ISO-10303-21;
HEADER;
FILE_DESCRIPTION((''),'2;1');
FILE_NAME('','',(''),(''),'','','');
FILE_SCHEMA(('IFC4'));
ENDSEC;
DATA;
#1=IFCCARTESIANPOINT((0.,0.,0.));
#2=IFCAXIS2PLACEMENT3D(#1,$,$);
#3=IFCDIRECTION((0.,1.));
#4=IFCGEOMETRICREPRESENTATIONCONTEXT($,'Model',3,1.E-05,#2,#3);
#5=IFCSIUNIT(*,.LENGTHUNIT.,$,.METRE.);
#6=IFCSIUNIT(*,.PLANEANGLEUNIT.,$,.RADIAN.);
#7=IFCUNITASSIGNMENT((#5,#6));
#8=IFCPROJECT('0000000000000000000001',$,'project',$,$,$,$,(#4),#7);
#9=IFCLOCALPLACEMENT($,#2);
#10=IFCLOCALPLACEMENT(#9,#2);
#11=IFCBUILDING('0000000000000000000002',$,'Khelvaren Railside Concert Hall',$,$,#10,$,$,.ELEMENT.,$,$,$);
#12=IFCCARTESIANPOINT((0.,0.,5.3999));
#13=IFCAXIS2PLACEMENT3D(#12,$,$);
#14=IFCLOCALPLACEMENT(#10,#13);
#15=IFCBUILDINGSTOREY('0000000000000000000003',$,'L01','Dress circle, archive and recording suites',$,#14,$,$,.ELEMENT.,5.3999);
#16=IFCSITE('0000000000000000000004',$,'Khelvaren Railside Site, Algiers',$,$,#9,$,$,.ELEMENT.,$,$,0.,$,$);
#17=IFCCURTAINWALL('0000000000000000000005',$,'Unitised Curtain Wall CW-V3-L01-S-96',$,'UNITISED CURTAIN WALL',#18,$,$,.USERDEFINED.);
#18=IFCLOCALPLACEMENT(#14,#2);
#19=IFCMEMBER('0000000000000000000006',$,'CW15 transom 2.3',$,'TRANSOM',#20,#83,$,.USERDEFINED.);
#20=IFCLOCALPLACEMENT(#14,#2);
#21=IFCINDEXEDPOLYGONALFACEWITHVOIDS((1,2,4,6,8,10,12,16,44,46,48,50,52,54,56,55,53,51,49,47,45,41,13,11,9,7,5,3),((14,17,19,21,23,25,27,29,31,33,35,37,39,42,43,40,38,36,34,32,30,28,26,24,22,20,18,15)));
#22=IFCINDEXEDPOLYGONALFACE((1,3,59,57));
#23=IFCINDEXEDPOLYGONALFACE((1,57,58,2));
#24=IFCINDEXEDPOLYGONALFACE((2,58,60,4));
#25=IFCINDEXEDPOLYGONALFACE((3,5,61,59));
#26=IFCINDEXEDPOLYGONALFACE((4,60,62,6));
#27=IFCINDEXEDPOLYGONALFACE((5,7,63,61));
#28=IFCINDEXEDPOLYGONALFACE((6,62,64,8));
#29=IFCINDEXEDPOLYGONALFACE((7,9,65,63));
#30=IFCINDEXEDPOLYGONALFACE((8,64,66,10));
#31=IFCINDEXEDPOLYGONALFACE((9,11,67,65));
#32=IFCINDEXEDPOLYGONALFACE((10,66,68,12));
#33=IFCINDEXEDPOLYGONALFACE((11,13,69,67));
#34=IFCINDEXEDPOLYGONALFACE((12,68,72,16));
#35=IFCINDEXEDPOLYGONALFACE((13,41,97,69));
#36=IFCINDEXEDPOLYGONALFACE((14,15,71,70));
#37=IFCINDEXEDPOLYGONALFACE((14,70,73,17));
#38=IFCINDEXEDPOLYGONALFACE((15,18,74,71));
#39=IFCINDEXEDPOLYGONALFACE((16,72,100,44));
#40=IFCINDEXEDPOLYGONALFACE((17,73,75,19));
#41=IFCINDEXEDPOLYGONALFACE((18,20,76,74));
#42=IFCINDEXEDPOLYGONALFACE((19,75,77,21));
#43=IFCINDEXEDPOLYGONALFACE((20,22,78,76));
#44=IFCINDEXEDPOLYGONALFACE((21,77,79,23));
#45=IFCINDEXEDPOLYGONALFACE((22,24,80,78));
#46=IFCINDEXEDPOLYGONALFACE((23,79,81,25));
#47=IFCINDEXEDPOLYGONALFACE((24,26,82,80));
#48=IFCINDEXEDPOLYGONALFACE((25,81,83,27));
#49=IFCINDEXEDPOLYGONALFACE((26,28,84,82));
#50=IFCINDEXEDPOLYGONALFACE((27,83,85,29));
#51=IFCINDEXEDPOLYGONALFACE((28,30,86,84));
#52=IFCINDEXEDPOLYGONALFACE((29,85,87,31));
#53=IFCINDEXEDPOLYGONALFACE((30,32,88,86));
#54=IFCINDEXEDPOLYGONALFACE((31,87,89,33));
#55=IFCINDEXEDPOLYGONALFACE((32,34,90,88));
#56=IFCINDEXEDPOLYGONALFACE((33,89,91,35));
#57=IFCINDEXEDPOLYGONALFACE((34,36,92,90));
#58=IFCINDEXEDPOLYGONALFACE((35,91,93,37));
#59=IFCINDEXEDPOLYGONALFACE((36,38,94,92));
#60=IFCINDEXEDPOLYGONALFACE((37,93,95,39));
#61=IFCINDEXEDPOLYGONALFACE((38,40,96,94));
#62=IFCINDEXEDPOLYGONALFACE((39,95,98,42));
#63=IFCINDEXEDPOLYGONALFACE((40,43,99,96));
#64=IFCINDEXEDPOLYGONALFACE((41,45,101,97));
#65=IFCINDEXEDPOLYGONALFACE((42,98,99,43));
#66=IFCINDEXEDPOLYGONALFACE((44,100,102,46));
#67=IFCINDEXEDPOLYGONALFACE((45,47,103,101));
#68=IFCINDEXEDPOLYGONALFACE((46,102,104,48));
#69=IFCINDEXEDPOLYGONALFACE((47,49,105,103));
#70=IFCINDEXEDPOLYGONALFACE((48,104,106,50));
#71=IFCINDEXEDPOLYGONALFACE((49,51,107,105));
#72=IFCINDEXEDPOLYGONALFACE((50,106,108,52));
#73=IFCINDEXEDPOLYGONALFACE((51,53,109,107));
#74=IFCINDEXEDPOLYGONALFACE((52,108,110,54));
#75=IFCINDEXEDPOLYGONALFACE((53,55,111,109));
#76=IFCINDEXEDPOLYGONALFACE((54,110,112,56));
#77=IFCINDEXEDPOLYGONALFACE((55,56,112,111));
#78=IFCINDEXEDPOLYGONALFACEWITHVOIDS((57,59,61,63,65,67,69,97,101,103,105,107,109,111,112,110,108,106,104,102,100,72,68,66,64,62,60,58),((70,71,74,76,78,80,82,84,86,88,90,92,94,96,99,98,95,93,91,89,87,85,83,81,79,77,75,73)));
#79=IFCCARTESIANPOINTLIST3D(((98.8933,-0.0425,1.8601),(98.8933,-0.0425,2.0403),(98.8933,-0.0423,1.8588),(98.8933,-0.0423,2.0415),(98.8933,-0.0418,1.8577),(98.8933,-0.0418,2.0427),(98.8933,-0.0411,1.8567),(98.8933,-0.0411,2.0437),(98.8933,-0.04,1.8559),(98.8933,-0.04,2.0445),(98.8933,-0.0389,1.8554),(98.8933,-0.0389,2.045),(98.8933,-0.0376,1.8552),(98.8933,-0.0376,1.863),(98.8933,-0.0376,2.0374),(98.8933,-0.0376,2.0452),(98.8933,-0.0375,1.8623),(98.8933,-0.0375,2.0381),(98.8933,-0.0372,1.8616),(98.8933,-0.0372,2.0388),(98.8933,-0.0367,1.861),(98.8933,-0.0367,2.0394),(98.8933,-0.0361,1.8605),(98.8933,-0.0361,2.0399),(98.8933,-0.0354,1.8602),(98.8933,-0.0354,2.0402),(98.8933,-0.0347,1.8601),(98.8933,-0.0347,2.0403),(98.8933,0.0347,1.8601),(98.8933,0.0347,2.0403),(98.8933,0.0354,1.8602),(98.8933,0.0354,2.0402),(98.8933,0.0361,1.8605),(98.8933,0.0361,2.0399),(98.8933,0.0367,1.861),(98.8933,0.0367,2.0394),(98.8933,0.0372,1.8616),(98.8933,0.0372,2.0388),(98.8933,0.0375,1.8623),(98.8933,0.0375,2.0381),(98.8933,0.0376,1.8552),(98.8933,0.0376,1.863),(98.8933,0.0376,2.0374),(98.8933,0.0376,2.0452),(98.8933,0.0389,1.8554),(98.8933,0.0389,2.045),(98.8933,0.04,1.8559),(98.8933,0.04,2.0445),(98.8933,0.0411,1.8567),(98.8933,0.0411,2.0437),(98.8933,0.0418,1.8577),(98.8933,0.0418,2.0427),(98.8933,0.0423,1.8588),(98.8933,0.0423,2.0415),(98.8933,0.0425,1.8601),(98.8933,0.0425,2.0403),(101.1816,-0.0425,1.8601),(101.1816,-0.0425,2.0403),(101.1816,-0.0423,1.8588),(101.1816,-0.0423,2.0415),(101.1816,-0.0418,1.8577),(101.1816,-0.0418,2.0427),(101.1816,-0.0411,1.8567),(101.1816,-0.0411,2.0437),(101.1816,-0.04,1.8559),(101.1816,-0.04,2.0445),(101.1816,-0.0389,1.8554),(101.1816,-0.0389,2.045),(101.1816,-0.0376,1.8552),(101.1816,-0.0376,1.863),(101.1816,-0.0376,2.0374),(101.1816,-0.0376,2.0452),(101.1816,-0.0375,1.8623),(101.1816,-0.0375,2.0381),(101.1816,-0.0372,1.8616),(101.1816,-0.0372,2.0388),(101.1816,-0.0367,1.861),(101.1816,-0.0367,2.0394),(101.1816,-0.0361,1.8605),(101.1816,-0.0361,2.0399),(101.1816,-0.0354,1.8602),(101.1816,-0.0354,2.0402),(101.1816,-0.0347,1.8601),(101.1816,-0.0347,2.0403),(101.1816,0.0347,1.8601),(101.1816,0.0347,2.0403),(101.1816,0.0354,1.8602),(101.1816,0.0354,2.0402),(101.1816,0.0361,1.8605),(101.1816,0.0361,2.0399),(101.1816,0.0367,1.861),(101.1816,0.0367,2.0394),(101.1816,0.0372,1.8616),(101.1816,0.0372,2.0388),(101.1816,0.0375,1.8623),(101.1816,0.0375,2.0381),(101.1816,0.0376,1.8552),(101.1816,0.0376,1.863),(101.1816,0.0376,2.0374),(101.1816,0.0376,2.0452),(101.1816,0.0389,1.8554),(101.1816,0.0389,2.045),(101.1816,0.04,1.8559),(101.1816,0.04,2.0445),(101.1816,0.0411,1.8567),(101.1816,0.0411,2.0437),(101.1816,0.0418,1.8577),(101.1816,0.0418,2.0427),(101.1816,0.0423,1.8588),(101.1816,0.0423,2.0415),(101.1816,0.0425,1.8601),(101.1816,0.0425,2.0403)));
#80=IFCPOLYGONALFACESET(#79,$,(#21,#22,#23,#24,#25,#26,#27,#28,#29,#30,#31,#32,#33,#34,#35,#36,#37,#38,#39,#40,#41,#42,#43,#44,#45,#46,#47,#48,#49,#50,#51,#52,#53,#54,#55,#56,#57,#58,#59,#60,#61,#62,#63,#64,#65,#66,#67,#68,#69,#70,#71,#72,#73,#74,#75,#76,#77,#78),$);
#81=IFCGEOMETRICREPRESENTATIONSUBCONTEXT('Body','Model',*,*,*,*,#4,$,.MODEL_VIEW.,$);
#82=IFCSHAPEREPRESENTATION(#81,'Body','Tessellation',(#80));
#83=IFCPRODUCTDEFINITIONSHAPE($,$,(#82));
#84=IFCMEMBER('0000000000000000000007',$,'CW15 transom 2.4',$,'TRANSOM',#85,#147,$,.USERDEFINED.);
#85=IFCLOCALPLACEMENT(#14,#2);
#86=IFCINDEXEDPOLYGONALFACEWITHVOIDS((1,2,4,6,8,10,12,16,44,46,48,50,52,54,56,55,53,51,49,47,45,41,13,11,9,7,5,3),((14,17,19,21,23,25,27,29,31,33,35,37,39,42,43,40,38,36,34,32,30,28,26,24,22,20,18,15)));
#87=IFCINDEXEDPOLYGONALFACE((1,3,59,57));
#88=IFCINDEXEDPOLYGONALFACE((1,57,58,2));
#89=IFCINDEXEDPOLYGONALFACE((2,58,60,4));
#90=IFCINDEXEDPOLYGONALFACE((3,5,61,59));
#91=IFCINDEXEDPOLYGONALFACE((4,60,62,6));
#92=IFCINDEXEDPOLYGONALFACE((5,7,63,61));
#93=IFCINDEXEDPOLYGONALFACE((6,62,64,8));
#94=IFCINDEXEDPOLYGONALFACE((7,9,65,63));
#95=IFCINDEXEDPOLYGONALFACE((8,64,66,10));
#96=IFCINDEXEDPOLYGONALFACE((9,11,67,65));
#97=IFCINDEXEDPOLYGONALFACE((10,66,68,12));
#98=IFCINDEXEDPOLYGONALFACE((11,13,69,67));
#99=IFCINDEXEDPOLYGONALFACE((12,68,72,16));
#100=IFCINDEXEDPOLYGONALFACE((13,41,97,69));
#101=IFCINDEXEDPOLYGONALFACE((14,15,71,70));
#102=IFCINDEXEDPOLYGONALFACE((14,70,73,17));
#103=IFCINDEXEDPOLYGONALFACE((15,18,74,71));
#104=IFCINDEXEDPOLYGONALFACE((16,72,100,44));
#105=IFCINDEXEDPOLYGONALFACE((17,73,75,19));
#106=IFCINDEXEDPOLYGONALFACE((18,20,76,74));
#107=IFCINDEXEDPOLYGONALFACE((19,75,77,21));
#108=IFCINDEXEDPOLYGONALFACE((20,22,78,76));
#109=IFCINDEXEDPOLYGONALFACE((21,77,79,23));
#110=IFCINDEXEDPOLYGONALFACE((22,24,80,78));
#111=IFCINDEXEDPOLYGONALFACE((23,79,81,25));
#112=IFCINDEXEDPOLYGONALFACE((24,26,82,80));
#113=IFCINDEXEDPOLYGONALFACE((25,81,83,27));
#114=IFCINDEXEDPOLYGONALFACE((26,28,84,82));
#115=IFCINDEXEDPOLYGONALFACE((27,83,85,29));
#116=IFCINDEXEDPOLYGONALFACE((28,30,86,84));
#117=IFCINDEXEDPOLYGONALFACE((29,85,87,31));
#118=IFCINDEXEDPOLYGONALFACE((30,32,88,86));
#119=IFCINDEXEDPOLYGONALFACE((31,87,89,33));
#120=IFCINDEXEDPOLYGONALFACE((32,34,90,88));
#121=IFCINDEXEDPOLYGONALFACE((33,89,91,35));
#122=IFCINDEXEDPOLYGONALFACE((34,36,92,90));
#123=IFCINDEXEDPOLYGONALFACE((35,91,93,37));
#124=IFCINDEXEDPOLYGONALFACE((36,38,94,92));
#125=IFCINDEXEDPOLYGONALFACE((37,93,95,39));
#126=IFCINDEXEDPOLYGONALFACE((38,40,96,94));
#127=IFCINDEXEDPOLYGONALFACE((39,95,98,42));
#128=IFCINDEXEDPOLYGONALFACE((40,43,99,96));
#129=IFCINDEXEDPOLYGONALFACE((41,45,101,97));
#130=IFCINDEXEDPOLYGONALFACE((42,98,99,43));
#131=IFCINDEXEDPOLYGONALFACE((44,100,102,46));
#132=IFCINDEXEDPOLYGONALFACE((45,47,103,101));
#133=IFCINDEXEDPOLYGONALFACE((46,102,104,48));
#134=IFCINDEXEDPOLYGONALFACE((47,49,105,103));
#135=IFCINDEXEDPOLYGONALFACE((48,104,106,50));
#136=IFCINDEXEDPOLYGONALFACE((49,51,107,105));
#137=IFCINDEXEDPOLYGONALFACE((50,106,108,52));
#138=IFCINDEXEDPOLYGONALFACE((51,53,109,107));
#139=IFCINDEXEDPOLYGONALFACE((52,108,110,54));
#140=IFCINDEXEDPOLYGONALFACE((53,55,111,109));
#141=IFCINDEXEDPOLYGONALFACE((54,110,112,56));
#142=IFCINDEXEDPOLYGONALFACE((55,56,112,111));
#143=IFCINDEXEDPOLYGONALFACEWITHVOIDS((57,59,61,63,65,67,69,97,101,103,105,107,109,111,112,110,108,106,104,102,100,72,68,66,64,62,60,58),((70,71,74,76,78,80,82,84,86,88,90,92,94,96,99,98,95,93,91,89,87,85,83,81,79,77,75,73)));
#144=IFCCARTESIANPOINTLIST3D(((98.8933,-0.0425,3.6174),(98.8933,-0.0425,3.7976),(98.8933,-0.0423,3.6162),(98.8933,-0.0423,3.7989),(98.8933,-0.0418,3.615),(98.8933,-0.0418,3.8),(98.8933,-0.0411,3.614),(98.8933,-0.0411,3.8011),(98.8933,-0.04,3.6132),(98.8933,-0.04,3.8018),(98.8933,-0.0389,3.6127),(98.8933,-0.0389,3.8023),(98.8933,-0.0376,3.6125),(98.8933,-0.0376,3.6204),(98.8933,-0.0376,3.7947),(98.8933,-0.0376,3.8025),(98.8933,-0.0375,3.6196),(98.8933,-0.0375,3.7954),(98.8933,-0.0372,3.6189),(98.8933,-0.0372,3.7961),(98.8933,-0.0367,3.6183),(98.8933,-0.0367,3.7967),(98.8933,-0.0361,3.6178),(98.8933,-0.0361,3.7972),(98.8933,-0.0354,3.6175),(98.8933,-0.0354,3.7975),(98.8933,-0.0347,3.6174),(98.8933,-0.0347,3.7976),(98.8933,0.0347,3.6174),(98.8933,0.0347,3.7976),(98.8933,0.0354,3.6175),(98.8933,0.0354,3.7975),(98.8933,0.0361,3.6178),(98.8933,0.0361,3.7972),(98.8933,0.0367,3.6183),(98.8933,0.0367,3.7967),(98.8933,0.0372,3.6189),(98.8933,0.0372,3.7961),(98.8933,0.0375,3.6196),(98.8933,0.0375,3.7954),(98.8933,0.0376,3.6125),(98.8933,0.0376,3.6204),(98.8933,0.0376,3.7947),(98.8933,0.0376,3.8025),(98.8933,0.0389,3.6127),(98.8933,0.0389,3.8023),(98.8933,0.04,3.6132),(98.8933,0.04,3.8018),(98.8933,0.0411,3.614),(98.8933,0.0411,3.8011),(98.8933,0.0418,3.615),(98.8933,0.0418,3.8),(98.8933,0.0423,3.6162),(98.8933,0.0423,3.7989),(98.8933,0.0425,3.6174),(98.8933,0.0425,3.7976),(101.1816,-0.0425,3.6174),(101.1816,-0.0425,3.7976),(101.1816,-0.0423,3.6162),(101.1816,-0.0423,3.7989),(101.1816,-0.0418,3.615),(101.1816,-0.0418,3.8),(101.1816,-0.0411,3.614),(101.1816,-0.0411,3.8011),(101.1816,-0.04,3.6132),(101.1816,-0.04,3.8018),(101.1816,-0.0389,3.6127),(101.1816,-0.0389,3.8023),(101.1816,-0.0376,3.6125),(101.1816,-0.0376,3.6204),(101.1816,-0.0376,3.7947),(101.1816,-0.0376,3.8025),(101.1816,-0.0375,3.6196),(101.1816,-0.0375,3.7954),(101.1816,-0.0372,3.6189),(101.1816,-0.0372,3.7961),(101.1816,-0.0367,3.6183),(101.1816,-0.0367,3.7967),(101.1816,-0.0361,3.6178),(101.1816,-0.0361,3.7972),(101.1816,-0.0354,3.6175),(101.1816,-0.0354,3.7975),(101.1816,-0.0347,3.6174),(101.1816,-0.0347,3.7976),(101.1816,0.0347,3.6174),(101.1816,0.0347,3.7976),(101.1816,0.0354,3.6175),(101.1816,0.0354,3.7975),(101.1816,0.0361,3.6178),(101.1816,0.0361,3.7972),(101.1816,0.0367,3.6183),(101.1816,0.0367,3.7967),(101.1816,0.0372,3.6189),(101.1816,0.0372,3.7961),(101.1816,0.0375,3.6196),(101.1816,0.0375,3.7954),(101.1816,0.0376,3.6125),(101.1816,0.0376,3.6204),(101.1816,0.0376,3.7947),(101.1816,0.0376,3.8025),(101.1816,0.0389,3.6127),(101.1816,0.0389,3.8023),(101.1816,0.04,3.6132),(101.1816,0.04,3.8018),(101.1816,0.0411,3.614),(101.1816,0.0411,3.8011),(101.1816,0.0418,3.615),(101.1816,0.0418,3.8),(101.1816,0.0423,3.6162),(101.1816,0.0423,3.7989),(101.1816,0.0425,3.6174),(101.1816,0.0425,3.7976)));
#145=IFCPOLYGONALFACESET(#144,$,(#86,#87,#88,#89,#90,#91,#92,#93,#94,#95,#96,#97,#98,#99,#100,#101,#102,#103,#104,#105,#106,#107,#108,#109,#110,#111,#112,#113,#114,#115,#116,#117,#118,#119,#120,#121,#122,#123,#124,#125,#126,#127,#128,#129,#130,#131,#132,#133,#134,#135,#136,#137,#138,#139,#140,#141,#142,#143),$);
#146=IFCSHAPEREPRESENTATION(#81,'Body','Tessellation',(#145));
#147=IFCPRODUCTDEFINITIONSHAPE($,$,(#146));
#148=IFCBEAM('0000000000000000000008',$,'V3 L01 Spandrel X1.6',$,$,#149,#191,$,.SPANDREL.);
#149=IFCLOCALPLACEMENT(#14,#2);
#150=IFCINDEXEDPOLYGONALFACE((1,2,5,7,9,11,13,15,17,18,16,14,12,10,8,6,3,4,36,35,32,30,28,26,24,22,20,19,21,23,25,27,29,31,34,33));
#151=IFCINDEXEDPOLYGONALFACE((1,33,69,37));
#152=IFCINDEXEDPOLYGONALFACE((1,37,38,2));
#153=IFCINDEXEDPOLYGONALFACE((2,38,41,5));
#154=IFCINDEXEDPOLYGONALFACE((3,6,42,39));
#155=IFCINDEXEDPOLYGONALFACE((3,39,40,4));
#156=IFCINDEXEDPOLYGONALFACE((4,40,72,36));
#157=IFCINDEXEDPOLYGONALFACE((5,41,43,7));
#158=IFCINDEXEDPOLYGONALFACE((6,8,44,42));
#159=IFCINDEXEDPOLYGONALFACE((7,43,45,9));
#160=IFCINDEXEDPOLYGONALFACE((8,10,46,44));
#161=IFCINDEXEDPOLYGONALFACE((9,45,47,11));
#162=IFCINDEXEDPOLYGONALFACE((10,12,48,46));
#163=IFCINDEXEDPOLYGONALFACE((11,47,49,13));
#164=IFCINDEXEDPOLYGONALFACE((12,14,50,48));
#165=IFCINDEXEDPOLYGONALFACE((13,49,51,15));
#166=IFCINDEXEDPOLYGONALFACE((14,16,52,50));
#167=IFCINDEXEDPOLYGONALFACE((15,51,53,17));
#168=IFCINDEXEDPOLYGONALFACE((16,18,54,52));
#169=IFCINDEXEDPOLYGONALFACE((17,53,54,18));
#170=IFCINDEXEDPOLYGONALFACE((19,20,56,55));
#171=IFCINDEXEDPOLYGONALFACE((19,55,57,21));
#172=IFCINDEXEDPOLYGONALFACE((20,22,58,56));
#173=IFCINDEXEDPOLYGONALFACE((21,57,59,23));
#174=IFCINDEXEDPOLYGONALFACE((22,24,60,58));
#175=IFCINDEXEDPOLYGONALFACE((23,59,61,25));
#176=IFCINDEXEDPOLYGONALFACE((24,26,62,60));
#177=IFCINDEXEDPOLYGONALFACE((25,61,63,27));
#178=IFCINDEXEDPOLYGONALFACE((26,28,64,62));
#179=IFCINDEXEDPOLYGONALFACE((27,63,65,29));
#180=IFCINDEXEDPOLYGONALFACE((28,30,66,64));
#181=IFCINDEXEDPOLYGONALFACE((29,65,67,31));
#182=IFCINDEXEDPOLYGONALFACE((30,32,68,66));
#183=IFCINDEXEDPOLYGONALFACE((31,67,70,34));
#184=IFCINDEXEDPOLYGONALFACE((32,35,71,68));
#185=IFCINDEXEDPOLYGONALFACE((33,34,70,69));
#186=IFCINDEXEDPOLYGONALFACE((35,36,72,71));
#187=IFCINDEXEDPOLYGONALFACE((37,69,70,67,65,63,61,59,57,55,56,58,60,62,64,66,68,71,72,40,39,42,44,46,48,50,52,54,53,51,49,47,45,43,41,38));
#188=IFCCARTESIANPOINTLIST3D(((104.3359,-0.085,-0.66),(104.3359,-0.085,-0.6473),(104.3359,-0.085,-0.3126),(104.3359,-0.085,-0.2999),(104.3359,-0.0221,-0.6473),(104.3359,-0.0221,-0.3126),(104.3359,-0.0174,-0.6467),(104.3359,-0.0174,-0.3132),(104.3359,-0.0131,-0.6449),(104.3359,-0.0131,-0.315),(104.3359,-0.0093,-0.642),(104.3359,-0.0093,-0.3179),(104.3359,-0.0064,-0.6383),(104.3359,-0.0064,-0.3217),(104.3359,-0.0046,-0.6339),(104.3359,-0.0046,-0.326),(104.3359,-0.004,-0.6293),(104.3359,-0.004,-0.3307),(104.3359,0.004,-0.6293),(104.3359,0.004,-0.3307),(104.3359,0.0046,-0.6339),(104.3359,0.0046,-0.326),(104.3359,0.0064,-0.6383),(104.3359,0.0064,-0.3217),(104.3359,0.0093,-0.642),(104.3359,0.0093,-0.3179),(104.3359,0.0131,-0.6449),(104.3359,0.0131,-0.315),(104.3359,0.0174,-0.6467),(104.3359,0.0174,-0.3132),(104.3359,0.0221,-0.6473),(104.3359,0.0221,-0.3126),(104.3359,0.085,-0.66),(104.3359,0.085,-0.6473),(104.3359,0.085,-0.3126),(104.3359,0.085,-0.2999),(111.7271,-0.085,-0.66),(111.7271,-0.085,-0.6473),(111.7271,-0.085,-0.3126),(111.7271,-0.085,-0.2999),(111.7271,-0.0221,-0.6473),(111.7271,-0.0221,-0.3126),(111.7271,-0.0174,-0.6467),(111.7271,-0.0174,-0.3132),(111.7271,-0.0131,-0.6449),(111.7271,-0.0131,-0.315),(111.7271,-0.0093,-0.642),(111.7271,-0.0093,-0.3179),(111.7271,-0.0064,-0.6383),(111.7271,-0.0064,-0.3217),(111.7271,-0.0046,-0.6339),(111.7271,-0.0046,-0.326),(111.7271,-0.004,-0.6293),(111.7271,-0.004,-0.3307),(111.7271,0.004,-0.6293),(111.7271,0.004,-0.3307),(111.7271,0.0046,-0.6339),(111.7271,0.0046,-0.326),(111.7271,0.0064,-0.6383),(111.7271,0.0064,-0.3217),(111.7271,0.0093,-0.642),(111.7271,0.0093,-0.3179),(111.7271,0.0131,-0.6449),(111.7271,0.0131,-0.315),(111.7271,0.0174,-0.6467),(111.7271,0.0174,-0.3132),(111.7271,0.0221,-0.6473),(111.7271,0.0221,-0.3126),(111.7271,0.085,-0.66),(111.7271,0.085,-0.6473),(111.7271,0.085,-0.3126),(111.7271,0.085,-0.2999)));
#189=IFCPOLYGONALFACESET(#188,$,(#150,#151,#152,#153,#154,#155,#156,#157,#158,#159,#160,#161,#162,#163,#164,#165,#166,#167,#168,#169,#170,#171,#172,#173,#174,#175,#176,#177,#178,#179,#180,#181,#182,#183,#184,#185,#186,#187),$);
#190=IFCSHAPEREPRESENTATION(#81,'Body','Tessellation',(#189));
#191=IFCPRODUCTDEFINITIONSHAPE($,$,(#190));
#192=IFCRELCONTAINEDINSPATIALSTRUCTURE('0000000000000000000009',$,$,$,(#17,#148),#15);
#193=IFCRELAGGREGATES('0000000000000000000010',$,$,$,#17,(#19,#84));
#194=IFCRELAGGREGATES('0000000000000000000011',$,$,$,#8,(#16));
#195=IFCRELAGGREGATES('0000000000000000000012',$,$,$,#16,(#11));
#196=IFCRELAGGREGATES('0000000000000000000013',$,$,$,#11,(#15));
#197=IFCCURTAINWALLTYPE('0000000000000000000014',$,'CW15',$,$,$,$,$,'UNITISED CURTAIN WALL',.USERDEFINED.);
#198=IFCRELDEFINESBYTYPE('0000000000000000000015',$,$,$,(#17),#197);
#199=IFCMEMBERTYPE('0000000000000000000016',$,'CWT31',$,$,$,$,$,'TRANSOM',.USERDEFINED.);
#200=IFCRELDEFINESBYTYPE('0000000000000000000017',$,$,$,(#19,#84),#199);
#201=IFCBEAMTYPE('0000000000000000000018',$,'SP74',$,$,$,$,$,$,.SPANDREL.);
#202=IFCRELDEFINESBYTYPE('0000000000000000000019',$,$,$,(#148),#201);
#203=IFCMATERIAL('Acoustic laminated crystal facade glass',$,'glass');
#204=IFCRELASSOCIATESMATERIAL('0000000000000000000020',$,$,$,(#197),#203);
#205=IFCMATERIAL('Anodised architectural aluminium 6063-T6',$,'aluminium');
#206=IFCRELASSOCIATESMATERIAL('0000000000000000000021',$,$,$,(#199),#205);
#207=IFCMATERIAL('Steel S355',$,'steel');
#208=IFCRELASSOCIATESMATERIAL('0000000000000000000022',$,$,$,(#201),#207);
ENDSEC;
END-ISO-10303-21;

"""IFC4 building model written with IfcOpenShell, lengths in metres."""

from ifc_helpers import new_model, si_unit, direction, frame, origin, origin_2d, place, context, subcontext, project, spatial, hollow_rectangle, i_section, extrude, material, material_profile, profile_set, type_object, element, aggregate, save


model = new_model("IFC4")

# Units and contexts
model_context = context("Model", 3, precision=1e-05, world=origin(), true_north=direction((0.0, 1.0)))
body_context = subcontext(model_context, "Body", "Model", "MODEL_VIEW")
ifc_project = project(units=[si_unit("LENGTHUNIT", "METRE"), si_unit("PLANEANGLEUNIT", "RADIAN")], contexts=[model_context])

# Site, building, storey
site_placement = place(None, origin())
site = spatial("IfcSite", under=ifc_project, at=site_placement, Name="Khelvaren Railside Site, Algiers", CompositionType="ELEMENT", RefElevation=0.0)
building_placement = place(site_placement, origin())
building = spatial("IfcBuilding", under=site, at=building_placement, Name="Khelvaren Railside Concert Hall", CompositionType="ELEMENT")
storey_placement = place(building_placement, frame((0.0, 0.0, 5.3999)))
storey = spatial("IfcBuildingStorey", under=building, at=storey_placement, Name="L01", Description="Dress circle, archive and recording suites", CompositionType="ELEMENT", Elevation=5.3999)

# Curtain wall
ifc_material_1 = material(Name="Acoustic laminated crystal facade glass", Category="glass")
curtain_wall_type_1 = type_object("IfcCurtainWallType", Name="CW15", ElementType="UNITISED CURTAIN WALL", PredefinedType="USERDEFINED", material=ifc_material_1)
curtain_wall_1_placement = place(storey_placement, origin())
curtain_wall_1 = element("IfcCurtainWall", 1, at=curtain_wall_1_placement, inside=storey, type_object=curtain_wall_type_1, Name="Unitised Curtain Wall CW-V3-L01-S-96", ObjectType="UNITISED CURTAIN WALL", PredefinedType="USERDEFINED")
ifc_material_2 = material(Name="Anodised architectural aluminium 6063-T6", Category="aluminium")

# Members
ifc_material_profile_1 = material_profile(ifc_material_2, hollow_rectangle(XDim=0.085, YDim=0.1899, WallThickness=0.0049, InnerFilletRadius=0.0029, OuterFilletRadius=0.0049, at=origin_2d()), Name="CWT 85x190x5")
ifc_profile_set_1 = profile_set([ifc_material_profile_1], Name="Anodised architectural aluminium 6063-T6")
member_type_1 = type_object("IfcMemberType", Name="CWT31", ElementType="TRANSOM", PredefinedType="USERDEFINED", material=ifc_profile_set_1)
member_1_placement = place(storey_placement, frame((101.1816, 0.0, 1.9502), z_axis=(-1.0, 0.0, 0.0), x_axis=(0.0, -1.0, 0.0)))
member_1 = element("IfcMember", 2, at=member_1_placement, type_object=member_type_1, Name="CW15 transom 2.3", ObjectType="TRANSOM", PredefinedType="USERDEFINED", context=body_context, shape_type="SweptSolid", body=[
    extrude(hollow_rectangle(XDim=0.085, YDim=0.1899, WallThickness=0.0049, InnerFilletRadius=0.0029, OuterFilletRadius=0.0049, at=origin_2d()), origin(), (0.0, 0.0, 1.0), 2.2883),
])
member_2_placement = place(storey_placement, frame((101.1816, 0.0, 3.7075), z_axis=(-1.0, 0.0, 0.0), x_axis=(0.0, -1.0, 0.0)))
member_2 = element("IfcMember", 3, at=member_2_placement, type_object=member_type_1, Name="CW15 transom 2.4", ObjectType="TRANSOM", PredefinedType="USERDEFINED", context=body_context, shape_type="SweptSolid", body=[
    extrude(hollow_rectangle(XDim=0.085, YDim=0.1899, WallThickness=0.0049, InnerFilletRadius=0.0029, OuterFilletRadius=0.0049, at=origin_2d()), origin(), (0.0, 0.0, 1.0), 2.2883),
])

# Beam
ifc_material_3 = material(Name="Steel S355", Category="steel")
ifc_material_profile_2 = material_profile(ifc_material_3, i_section(OverallWidth=0.1699, OverallDepth=0.3601, WebThickness=0.0081, FlangeThickness=0.0127, FilletRadius=0.0181, at=origin_2d()), Name="IPE 360")
ifc_profile_set_2 = profile_set([ifc_material_profile_2], Name="Steel S355")
beam_type_1 = type_object("IfcBeamType", Name="SP74", PredefinedType="SPANDREL", material=ifc_profile_set_2)
beam_1_placement = place(storey_placement, frame((104.3359, 0.0, -0.48), z_axis=(1.0, 0.0, 0.0), x_axis=(0.0, 1.0, 0.0)))
element("IfcBeam", 4, at=beam_1_placement, inside=storey, type_object=beam_type_1, Name="V3 L01 Spandrel X1.6", PredefinedType="SPANDREL", context=body_context, shape_type="SweptSolid", body=[
    extrude(i_section(OverallWidth=0.1699, OverallDepth=0.3601, WebThickness=0.0081, FlangeThickness=0.0127, FilletRadius=0.0181, at=origin_2d()), origin(), (0.0, 0.0, 1.0), 7.3911),
])

aggregate(curtain_wall_1, [member_1, member_2])

save(model, "model.ifc")
